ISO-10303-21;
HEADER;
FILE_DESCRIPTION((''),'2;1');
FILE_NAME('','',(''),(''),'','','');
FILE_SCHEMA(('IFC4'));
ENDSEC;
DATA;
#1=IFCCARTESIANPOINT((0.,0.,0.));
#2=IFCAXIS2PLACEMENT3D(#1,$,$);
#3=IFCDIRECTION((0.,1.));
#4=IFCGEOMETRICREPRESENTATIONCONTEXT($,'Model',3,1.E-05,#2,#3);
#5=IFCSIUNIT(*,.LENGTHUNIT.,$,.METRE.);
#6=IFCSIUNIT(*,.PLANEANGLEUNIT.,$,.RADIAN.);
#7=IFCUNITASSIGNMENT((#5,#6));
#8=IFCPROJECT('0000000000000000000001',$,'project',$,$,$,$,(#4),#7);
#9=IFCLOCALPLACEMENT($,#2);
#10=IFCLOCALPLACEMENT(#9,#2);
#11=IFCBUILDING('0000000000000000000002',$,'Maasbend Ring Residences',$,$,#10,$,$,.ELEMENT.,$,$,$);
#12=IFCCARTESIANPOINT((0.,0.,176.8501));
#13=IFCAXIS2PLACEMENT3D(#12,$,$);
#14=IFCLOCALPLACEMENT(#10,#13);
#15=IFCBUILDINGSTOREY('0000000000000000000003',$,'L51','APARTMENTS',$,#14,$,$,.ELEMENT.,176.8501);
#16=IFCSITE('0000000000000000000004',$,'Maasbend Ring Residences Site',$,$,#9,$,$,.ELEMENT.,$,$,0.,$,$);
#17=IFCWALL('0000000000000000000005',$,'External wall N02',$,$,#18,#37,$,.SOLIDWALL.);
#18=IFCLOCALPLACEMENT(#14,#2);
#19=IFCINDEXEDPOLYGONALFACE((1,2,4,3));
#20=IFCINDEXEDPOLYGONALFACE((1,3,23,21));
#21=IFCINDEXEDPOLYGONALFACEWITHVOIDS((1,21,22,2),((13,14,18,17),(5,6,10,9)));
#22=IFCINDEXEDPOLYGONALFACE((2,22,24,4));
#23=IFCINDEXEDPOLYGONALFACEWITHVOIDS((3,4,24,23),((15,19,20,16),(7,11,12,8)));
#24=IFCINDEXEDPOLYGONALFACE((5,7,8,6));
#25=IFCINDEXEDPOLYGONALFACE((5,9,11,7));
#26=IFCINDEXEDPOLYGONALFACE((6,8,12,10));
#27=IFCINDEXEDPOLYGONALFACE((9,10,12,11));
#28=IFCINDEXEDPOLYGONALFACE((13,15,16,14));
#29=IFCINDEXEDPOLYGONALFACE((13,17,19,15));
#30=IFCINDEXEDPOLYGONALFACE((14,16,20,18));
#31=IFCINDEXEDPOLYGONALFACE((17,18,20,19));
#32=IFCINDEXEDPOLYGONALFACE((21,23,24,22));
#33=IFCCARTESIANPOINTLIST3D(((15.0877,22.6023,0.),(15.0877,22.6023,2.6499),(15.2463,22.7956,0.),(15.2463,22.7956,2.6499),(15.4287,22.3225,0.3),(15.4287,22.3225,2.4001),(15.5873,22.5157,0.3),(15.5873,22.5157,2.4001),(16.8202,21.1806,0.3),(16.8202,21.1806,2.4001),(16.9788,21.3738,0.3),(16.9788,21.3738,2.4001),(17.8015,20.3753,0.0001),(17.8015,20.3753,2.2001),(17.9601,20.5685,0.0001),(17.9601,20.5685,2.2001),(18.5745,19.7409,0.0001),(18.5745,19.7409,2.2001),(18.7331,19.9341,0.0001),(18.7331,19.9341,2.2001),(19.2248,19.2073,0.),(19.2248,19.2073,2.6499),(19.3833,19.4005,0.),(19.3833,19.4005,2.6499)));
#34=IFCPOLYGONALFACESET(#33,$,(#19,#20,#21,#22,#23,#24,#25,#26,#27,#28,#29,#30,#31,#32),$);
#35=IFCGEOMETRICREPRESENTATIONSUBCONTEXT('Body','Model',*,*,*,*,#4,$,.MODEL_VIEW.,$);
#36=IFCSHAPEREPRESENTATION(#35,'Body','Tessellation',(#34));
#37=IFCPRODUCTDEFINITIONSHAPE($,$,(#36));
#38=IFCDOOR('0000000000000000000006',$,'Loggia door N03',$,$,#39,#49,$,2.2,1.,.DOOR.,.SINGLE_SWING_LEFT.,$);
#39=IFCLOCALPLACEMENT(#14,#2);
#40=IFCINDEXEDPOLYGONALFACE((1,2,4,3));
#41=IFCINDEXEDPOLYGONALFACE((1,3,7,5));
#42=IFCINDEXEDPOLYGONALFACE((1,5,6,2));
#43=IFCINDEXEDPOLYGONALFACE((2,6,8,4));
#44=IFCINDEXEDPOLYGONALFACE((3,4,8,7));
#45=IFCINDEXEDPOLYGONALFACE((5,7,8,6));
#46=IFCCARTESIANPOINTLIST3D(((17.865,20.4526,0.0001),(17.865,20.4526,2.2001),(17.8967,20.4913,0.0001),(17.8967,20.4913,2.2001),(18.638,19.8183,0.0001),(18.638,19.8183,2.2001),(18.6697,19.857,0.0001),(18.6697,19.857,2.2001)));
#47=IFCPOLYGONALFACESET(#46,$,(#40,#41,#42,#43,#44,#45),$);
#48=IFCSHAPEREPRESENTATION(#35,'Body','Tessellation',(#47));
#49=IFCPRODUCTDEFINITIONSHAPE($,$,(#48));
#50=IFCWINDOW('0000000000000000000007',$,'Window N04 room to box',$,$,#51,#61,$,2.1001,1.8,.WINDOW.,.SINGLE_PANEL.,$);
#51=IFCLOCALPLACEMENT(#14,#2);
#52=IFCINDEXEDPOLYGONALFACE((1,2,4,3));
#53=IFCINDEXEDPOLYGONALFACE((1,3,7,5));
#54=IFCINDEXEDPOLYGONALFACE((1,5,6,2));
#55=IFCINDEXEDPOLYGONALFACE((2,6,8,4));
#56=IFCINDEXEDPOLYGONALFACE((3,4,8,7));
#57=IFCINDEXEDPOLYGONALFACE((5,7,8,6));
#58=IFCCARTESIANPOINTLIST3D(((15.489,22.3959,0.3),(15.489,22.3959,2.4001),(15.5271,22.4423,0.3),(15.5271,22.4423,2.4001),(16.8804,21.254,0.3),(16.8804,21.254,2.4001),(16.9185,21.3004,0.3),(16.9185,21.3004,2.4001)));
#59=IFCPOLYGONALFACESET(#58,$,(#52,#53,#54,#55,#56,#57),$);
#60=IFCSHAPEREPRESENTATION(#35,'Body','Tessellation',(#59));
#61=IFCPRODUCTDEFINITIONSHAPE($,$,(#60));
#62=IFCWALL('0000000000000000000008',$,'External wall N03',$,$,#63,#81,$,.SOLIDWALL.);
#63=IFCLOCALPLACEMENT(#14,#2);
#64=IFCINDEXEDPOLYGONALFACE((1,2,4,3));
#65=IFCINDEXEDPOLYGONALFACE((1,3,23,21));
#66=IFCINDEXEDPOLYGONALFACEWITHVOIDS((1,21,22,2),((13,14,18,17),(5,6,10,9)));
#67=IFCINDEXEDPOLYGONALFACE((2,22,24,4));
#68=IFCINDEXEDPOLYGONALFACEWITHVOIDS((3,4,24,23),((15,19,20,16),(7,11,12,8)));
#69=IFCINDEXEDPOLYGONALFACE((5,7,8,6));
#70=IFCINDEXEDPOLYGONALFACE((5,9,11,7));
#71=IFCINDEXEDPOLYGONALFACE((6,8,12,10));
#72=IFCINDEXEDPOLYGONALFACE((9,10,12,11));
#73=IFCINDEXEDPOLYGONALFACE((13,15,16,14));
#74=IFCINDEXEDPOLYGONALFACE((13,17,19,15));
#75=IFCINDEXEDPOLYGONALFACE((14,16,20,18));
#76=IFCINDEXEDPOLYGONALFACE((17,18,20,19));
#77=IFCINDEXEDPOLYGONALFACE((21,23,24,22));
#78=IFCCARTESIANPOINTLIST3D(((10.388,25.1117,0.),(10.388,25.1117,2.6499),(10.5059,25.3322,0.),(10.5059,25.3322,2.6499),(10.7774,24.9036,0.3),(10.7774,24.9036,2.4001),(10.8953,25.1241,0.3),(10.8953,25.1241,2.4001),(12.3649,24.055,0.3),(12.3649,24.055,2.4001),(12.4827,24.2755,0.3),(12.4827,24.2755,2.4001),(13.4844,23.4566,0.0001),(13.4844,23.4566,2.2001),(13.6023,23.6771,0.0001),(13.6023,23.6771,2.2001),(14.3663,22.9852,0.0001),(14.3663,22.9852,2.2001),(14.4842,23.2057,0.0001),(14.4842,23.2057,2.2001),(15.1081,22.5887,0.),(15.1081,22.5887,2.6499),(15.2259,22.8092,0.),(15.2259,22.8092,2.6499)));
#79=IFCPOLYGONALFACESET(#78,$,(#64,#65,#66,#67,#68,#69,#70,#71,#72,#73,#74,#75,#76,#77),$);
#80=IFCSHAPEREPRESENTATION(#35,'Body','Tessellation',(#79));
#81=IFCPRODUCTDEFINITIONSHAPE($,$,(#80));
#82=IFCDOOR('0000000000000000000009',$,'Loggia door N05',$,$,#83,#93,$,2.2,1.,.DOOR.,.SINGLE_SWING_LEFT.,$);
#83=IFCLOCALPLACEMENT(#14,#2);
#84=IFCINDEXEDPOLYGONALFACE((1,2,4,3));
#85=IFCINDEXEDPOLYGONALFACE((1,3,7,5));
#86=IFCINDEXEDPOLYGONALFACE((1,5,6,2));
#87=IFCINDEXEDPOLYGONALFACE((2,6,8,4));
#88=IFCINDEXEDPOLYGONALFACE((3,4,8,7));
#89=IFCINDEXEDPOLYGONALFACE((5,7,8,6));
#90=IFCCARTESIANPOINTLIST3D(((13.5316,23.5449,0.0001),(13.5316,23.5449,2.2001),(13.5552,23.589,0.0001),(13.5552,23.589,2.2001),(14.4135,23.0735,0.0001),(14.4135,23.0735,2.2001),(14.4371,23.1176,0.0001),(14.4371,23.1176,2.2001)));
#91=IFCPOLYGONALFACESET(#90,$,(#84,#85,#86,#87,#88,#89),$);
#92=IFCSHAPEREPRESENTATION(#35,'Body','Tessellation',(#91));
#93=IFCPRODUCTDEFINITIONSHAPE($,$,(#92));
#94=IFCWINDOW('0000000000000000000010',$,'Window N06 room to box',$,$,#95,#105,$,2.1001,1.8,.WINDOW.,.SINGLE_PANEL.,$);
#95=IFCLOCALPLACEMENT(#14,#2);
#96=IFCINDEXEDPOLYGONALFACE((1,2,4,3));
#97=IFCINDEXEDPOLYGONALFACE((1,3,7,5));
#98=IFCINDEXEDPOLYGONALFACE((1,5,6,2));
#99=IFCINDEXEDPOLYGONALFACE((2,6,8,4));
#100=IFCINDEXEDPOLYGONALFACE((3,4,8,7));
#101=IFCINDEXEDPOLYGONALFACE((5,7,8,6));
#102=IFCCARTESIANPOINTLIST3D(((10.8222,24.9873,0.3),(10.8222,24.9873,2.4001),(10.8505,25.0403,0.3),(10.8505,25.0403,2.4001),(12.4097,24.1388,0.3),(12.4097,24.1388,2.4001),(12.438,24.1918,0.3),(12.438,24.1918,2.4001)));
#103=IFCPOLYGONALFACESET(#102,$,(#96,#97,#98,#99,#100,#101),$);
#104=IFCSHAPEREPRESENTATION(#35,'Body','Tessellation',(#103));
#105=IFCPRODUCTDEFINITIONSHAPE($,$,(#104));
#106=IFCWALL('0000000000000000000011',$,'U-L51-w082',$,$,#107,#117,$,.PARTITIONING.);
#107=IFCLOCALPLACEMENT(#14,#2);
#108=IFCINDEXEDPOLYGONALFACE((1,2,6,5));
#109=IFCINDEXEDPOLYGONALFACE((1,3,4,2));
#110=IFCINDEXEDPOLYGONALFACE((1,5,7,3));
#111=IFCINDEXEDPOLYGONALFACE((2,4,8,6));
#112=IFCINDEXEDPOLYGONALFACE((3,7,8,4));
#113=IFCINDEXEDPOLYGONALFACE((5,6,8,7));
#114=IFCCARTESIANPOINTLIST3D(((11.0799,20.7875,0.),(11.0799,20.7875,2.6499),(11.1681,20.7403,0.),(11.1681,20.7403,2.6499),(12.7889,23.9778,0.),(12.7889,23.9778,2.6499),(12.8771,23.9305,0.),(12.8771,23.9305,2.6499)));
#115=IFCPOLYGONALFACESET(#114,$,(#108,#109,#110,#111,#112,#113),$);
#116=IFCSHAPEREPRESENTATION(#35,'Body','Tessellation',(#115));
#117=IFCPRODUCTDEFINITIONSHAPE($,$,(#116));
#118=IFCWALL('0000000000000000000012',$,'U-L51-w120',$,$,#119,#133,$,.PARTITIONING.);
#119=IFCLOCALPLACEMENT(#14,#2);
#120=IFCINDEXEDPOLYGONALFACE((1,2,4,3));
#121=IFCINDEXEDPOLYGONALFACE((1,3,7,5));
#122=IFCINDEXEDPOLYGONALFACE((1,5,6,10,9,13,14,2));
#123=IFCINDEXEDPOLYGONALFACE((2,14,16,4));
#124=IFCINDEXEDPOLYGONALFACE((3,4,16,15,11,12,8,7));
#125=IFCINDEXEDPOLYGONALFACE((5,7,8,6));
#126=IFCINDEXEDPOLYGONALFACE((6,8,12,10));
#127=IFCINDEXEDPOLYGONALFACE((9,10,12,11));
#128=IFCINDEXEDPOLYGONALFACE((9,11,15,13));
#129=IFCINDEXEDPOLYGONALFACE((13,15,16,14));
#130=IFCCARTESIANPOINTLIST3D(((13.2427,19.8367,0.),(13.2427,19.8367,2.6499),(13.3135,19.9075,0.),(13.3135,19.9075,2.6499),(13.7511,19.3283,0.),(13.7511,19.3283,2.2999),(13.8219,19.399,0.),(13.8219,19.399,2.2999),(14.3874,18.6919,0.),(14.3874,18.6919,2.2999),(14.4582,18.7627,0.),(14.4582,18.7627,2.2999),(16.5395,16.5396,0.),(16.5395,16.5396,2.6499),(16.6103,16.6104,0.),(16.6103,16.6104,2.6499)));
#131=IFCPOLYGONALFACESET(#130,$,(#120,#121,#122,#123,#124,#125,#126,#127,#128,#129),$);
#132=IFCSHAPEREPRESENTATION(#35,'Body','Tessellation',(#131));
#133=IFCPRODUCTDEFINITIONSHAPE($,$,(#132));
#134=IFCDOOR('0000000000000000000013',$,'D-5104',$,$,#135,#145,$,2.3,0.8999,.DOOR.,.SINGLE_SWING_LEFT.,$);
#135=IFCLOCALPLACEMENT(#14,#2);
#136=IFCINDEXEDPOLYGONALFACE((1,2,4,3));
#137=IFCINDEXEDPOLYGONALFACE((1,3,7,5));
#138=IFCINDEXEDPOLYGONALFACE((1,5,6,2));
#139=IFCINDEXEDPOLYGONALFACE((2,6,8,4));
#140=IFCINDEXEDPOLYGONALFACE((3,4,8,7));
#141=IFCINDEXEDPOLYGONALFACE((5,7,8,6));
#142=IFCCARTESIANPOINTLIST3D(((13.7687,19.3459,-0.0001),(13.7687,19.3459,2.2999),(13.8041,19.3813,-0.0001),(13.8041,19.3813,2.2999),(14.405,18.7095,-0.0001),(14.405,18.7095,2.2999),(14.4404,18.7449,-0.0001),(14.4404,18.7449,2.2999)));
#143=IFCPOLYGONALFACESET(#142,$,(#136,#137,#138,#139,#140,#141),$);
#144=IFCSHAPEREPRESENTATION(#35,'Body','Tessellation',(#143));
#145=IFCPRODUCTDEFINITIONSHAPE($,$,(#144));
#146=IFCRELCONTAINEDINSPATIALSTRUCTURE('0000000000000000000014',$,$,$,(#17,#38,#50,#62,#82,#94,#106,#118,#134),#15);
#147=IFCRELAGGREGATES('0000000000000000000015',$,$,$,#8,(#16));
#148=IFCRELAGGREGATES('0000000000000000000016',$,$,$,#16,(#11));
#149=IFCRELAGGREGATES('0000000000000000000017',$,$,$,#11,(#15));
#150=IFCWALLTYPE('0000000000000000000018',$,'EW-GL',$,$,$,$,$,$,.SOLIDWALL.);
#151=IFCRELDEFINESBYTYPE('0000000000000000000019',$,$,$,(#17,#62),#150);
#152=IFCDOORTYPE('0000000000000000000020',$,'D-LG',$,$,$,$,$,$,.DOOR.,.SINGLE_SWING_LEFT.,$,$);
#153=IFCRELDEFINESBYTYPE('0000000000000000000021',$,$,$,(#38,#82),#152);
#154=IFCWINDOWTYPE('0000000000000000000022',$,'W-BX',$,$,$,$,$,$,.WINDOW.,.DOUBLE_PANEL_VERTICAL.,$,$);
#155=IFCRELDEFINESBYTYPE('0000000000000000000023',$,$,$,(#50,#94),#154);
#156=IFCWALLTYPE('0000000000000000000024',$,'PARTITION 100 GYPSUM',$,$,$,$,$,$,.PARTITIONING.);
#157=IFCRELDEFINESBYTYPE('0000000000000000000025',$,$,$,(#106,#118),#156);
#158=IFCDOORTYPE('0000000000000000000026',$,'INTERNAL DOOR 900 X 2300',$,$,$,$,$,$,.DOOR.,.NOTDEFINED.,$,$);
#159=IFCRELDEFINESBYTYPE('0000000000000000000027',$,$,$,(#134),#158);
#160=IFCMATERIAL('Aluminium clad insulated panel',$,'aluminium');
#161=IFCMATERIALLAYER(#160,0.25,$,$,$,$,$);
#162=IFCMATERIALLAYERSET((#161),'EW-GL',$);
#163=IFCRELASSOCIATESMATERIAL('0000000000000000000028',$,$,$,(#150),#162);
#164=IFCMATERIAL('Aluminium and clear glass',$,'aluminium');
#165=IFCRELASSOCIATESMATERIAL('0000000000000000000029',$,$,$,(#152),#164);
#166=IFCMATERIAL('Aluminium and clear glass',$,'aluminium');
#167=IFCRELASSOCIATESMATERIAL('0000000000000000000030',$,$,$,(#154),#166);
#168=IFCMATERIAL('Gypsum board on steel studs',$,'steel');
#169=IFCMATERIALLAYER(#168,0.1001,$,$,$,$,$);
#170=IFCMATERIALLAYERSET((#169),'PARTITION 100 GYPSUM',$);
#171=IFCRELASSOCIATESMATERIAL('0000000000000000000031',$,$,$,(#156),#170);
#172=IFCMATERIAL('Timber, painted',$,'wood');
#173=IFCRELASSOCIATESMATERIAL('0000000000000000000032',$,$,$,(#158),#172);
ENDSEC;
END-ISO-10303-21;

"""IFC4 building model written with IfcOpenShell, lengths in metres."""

from ifc_helpers import new_model, si_unit, direction, frame, frame_2d, origin, place, context, subcontext, project, spatial, rectangle, extrude, material, layer, layer_set, type_object, element, fill, save


model = new_model("IFC4")

# Units and contexts
model_context = context("Model", 3, precision=1e-05, world=origin(), true_north=direction((0.0, 1.0)))
body_context = subcontext(model_context, "Body", "Model", "MODEL_VIEW")
ifc_project = project(units=[si_unit("LENGTHUNIT", "METRE"), si_unit("PLANEANGLEUNIT", "RADIAN")], contexts=[model_context])

# Site, building, storey
site_placement = place(None, origin())
site = spatial("IfcSite", under=ifc_project, at=site_placement, Name="Maasbend Ring Residences Site", CompositionType="ELEMENT", RefElevation=0.0)
building_placement = place(site_placement, origin())
building = spatial("IfcBuilding", under=site, at=building_placement, Name="Maasbend Ring Residences", CompositionType="ELEMENT")
storey_placement = place(building_placement, frame((0.0, 0.0, 176.8501)))
storey = spatial("IfcBuildingStorey", under=building, at=storey_placement, Name="L51", Description="APARTMENTS", CompositionType="ELEMENT", Elevation=176.8501)

# Walls, openings, doors, windows
ifc_material_1 = material(Name="Aluminium clad insulated panel", Category="aluminium")
ifc_layer_1 = layer(ifc_material_1, 0.25)
ifc_layer_set_1 = layer_set([ifc_layer_1], Name="EW-GL")
wall_type_1 = type_object("IfcWallType", Name="EW-GL", PredefinedType="SOLIDWALL", material=ifc_layer_set_1)
wall_1_placement = place(storey_placement, frame((19.304, 19.304, 0.0), z_axis=(0.0, 0.0, 1.0), x_axis=(-0.773019, 0.634382, 0.0)))
wall_1 = element("IfcWall", 1, at=wall_1_placement, inside=storey, type_object=wall_type_1, Name="External wall N02", PredefinedType="SOLIDWALL", context=body_context, shape_type="SweptSolid", body=[
    extrude(rectangle(XDim=5.3518, YDim=0.25, at=frame_2d((2.6758, 0.0))), origin(), (0.0, 0.0, 1.0), 2.6499),
])
opening_1_placement = place(wall_1_placement, frame((0.8411, 0.0, 0.0)))
opening_1 = element("IfcOpeningElement", 2, at=opening_1_placement, cuts=wall_1, PredefinedType="OPENING", context=body_context, shape_type="SweptSolid", body=[
    extrude(rectangle(XDim=1.0, YDim=2.2, at=frame_2d((0.5, 1.1001))), frame((0.0, 0.135, 0.0), z_axis=(0.0, -1.0, 0.0), x_axis=(1.0, 0.0, 0.0)), (0.0, 0.0, 1.0), 0.27),
])
opening_2_placement = place(wall_1_placement, frame((3.1106, 0.0, 0.3)))
opening_2 = element("IfcOpeningElement", 3, at=opening_2_placement, cuts=wall_1, PredefinedType="OPENING", context=body_context, shape_type="SweptSolid", body=[
    extrude(rectangle(XDim=1.8, YDim=2.1001, at=frame_2d((0.8999, 1.05))), frame((0.0, 0.135, 0.0), z_axis=(0.0, -1.0, 0.0), x_axis=(1.0, 0.0, 0.0)), (0.0, 0.0, 1.0), 0.27),
])
ifc_material_2 = material(Name="Aluminium and clear glass", Category="aluminium")
door_type_1 = type_object("IfcDoorType", Name="D-LG", OperationType="SINGLE_SWING_LEFT", PredefinedType="DOOR", material=ifc_material_2)
door_1_placement = place(opening_1_placement, origin())
door_1 = element("IfcDoor", 4, at=door_1_placement, inside=storey, type_object=door_type_1, Name="Loggia door N03", OperationType="SINGLE_SWING_LEFT", OverallHeight=2.2, OverallWidth=1.0, PredefinedType="DOOR", context=body_context, shape_type="SweptSolid", body=[
    extrude(rectangle(XDim=1.0, YDim=2.2, at=frame_2d((0.5, 1.1001))), frame((0.0, 0.0249, 0.0), z_axis=(0.0, -1.0, 0.0), x_axis=(1.0, 0.0, 0.0)), (0.0, 0.0, 1.0), 0.05),
])
fill(opening_1, door_1)
ifc_material_3 = material(Name="Aluminium and clear glass", Category="aluminium")
window_type_1 = type_object("IfcWindowType", Name="W-BX", PartitioningType="DOUBLE_PANEL_VERTICAL", PredefinedType="WINDOW", material=ifc_material_3)
window_1_placement = place(opening_2_placement, origin())
window_1 = element("IfcWindow", 5, at=window_1_placement, inside=storey, type_object=window_type_1, Name="Window N04 room to box", OverallHeight=2.1001, OverallWidth=1.8, PartitioningType="SINGLE_PANEL", PredefinedType="WINDOW", context=body_context, shape_type="SweptSolid", body=[
    extrude(rectangle(XDim=1.8, YDim=2.1001, at=frame_2d((0.8999, 1.05))), frame((0.0, 0.03, 0.0), z_axis=(0.0, -1.0, 0.0), x_axis=(1.0, 0.0, 0.0)), (0.0, 0.0, 1.0), 0.0601),
])
fill(opening_2, window_1)
wall_2_placement = place(storey_placement, frame((15.167, 22.699, 0.0), z_axis=(0.0, 0.0, 1.0), x_axis=(-0.881916, 0.471407, 0.0)))
wall_2 = element("IfcWall", 6, at=wall_2_placement, inside=storey, type_object=wall_type_1, Name="External wall N03", PredefinedType="SOLIDWALL", context=body_context, shape_type="SweptSolid", body=[
    extrude(rectangle(XDim=5.3521, YDim=0.25, at=frame_2d((2.676, 0.0))), origin(), (0.0, 0.0, 1.0), 2.6499),
])
opening_3_placement = place(wall_2_placement, frame((0.8411, 0.0, 0.0)))
opening_3 = element("IfcOpeningElement", 7, at=opening_3_placement, cuts=wall_2, PredefinedType="OPENING", context=body_context, shape_type="SweptSolid", body=[
    extrude(rectangle(XDim=1.0, YDim=2.2, at=frame_2d((0.5, 1.1001))), frame((0.0, 0.135, 0.0), z_axis=(0.0, -1.0, 0.0), x_axis=(1.0, 0.0, 0.0)), (0.0, 0.0, 1.0), 0.27),
])
opening_4_placement = place(wall_2_placement, frame((3.1106, 0.0, 0.3)))
opening_4 = element("IfcOpeningElement", 8, at=opening_4_placement, cuts=wall_2, PredefinedType="OPENING", context=body_context, shape_type="SweptSolid", body=[
    extrude(rectangle(XDim=1.8, YDim=2.1001, at=frame_2d((0.8999, 1.05))), frame((0.0, 0.135, 0.0), z_axis=(0.0, -1.0, 0.0), x_axis=(1.0, 0.0, 0.0)), (0.0, 0.0, 1.0), 0.27),
])
door_2_placement = place(opening_3_placement, origin())
door_2 = element("IfcDoor", 9, at=door_2_placement, inside=storey, type_object=door_type_1, Name="Loggia door N05", OperationType="SINGLE_SWING_LEFT", OverallHeight=2.2, OverallWidth=1.0, PredefinedType="DOOR", context=body_context, shape_type="SweptSolid", body=[
    extrude(rectangle(XDim=1.0, YDim=2.2, at=frame_2d((0.5, 1.1001))), frame((0.0, 0.0249, 0.0), z_axis=(0.0, -1.0, 0.0), x_axis=(1.0, 0.0, 0.0)), (0.0, 0.0, 1.0), 0.05),
])
fill(opening_3, door_2)
window_2_placement = place(opening_4_placement, origin())
window_2 = element("IfcWindow", 10, at=window_2_placement, inside=storey, type_object=window_type_1, Name="Window N06 room to box", OverallHeight=2.1001, OverallWidth=1.8, PartitioningType="SINGLE_PANEL", PredefinedType="WINDOW", context=body_context, shape_type="SweptSolid", body=[
    extrude(rectangle(XDim=1.8, YDim=2.1001, at=frame_2d((0.8999, 1.05))), frame((0.0, 0.03, 0.0), z_axis=(0.0, -1.0, 0.0), x_axis=(1.0, 0.0, 0.0)), (0.0, 0.0, 1.0), 0.0601),
])
fill(opening_4, window_2)

# Wall
ifc_material_4 = material(Name="Gypsum board on steel studs", Category="steel")
ifc_layer_2 = layer(ifc_material_4, 0.1001)
ifc_layer_set_2 = layer_set([ifc_layer_2], Name="PARTITION 100 GYPSUM")
wall_type_2 = type_object("IfcWallType", Name="PARTITION 100 GYPSUM", PredefinedType="PARTITIONING", material=ifc_layer_set_2)
wall_3_placement = place(storey_placement, frame((11.124, 20.7639, 0.0), z_axis=(0.0, 0.0, 1.0), x_axis=(0.472212, 0.881485, 0.0)))
element("IfcWall", 11, at=wall_3_placement, inside=storey, type_object=wall_type_2, Name="U-L51-w082", PredefinedType="PARTITIONING", context=body_context, shape_type="SweptSolid", body=[
    extrude(rectangle(XDim=3.6191, YDim=0.1001, at=frame_2d((1.8096, 0.0))), origin(), (0.0, 0.0, 1.0), 2.6499),
])

# Wall, opening, door
wall_4_placement = place(storey_placement, frame((13.2781, 19.8721, 0.0), z_axis=(0.0, 0.0, 1.0), x_axis=(0.707081, -0.707133, 0.0)))
wall_4 = element("IfcWall", 12, at=wall_4_placement, inside=storey, type_object=wall_type_2, Name="U-L51-w120", PredefinedType="PARTITIONING", context=body_context, shape_type="SweptSolid", body=[
    extrude(rectangle(XDim=4.6626, YDim=0.1001, at=frame_2d((2.3313, 0.0))), origin(), (0.0, 0.0, 1.0), 2.6499),
])
opening_5_placement = place(wall_4_placement, frame((0.719, 0.0, 0.0)))
opening_5 = element("IfcOpeningElement", 13, at=opening_5_placement, cuts=wall_4, PredefinedType="OPENING", context=body_context, shape_type="SweptSolid", body=[
    extrude(rectangle(XDim=0.8999, YDim=2.3, at=frame_2d((0.45, 1.1499))), frame((0.0, 0.0601, 0.0), z_axis=(0.0, -1.0, 0.0), x_axis=(1.0, 0.0, 0.0)), (0.0, 0.0, 1.0), 0.1201),
])
ifc_material_5 = material(Name="Timber, painted", Category="wood")
door_type_2 = type_object("IfcDoorType", Name="INTERNAL DOOR 900 X 2300", OperationType="NOTDEFINED", PredefinedType="DOOR", material=ifc_material_5)
door_3_placement = place(opening_5_placement, origin())
door_3 = element("IfcDoor", 14, at=door_3_placement, inside=storey, type_object=door_type_2, Name="D-5104", OperationType="SINGLE_SWING_LEFT", OverallHeight=2.3, OverallWidth=0.8999, PredefinedType="DOOR", context=body_context, shape_type="SweptSolid", body=[
    extrude(rectangle(XDim=0.8999, YDim=2.3, at=frame_2d((0.45, 1.1499))), frame((0.0, 0.0249, 0.0), z_axis=(0.0, -1.0, 0.0), x_axis=(1.0, 0.0, 0.0)), (0.0, 0.0, 1.0), 0.05),
])
fill(opening_5, door_3)

save(model, "model.ifc")
